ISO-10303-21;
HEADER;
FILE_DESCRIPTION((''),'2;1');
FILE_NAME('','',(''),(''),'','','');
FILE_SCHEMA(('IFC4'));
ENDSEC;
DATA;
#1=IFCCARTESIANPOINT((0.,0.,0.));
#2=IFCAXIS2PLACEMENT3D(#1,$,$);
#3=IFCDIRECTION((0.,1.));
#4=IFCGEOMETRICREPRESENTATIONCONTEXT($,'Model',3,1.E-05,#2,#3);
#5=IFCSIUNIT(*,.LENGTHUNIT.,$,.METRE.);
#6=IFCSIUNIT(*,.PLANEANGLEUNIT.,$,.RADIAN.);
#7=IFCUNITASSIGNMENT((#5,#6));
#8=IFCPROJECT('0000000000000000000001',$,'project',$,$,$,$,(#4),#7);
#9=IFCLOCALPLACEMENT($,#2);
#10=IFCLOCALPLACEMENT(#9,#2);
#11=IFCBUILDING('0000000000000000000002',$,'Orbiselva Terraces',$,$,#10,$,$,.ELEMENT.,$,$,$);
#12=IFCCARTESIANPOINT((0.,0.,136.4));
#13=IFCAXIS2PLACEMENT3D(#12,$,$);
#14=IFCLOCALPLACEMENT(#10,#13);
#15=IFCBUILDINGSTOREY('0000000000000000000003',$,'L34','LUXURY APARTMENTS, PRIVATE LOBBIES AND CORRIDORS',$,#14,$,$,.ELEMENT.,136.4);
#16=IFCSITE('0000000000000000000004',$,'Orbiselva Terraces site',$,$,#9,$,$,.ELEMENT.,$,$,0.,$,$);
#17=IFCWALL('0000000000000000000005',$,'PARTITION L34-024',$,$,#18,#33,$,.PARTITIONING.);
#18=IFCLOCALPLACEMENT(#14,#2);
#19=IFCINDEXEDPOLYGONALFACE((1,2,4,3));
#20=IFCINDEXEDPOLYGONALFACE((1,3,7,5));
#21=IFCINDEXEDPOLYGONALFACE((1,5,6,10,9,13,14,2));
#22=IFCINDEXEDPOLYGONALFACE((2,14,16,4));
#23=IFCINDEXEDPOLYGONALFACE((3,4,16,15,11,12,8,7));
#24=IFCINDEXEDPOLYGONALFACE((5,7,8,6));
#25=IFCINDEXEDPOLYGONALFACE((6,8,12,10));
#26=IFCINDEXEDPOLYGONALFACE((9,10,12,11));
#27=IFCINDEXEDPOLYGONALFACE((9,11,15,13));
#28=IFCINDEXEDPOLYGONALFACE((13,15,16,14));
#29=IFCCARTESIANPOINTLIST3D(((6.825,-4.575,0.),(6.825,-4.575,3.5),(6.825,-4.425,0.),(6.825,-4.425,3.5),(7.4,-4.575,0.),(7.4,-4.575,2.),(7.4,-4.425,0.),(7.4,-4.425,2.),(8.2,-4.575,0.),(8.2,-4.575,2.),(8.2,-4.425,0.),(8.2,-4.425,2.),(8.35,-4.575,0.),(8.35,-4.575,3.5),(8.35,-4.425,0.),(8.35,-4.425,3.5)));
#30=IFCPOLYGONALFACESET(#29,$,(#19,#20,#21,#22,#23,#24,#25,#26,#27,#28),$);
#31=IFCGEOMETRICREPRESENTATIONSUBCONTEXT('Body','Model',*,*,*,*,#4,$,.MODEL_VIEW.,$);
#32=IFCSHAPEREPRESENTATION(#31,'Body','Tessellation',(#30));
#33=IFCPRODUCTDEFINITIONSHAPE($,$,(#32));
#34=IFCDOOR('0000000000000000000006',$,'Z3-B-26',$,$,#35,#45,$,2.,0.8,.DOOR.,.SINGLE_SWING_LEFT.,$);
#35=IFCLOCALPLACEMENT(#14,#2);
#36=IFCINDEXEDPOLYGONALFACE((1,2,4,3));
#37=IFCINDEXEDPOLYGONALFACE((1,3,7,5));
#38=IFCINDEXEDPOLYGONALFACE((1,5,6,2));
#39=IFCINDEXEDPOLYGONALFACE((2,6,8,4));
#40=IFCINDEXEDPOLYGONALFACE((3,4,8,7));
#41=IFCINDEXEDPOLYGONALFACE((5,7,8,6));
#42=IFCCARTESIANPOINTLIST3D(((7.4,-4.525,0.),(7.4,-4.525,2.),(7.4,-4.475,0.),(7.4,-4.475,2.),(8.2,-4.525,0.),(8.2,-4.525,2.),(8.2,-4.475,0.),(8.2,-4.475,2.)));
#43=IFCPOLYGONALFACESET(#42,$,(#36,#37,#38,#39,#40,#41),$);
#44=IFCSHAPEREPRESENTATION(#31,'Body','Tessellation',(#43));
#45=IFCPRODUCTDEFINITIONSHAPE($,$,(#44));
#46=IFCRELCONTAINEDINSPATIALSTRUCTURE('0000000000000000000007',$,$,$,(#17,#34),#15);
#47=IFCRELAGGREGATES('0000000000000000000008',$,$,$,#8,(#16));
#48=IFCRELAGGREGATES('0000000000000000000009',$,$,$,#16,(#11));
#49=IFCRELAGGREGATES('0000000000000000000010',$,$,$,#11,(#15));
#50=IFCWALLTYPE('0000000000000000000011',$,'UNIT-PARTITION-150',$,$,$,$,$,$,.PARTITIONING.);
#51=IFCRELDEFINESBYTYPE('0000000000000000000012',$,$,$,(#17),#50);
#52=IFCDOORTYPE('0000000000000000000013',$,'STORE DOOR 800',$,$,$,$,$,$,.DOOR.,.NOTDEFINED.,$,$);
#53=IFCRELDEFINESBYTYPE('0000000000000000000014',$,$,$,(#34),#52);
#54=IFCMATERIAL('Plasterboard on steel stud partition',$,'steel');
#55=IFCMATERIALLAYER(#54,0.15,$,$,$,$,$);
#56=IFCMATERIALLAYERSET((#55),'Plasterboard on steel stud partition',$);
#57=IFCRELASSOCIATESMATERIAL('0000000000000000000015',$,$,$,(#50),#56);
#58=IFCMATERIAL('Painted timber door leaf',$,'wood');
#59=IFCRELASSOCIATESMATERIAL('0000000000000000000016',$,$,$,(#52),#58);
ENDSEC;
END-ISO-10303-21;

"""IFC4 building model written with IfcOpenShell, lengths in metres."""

from ifc_helpers import new_model, si_unit, direction, frame, frame_2d, origin, place, context, subcontext, project, spatial, rectangle, extrude, material, layer, layer_set, type_object, element, fill, save


model = new_model("IFC4")

# Units and contexts
model_context = context("Model", 3, precision=1e-05, world=origin(), true_north=direction((0.0, 1.0)))
body_context = subcontext(model_context, "Body", "Model", "MODEL_VIEW")
ifc_project = project(units=[si_unit("LENGTHUNIT", "METRE"), si_unit("PLANEANGLEUNIT", "RADIAN")], contexts=[model_context])

# Site, building, storey
site_placement = place(None, origin())
site = spatial("IfcSite", under=ifc_project, at=site_placement, Name="Orbiselva Terraces site", CompositionType="ELEMENT", RefElevation=0.0)
building_placement = place(site_placement, origin())
building = spatial("IfcBuilding", under=site, at=building_placement, Name="Orbiselva Terraces", CompositionType="ELEMENT")
storey_placement = place(building_placement, frame((0.0, 0.0, 136.4)))
storey = spatial("IfcBuildingStorey", under=building, at=storey_placement, Name="L34", Description="LUXURY APARTMENTS, PRIVATE LOBBIES AND CORRIDORS", CompositionType="ELEMENT", Elevation=136.4)

# Wall, opening, door
ifc_material_1 = material(Name="Plasterboard on steel stud partition", Category="steel")
ifc_layer_1 = layer(ifc_material_1, 0.15)
ifc_layer_set_1 = layer_set([ifc_layer_1], Name="Plasterboard on steel stud partition")
wall_type_1 = type_object("IfcWallType", Name="UNIT-PARTITION-150", PredefinedType="PARTITIONING", material=ifc_layer_set_1)
wall_1_placement = place(storey_placement, frame((8.35, -4.5, 0.0), z_axis=(0.0, 0.0, 1.0), x_axis=(-1.0, 0.0, 0.0)))
wall_1 = element("IfcWall", 1, at=wall_1_placement, inside=storey, type_object=wall_type_1, Name="PARTITION L34-024", PredefinedType="PARTITIONING", context=body_context, shape_type="SweptSolid", body=[
    extrude(rectangle(XDim=1.525, YDim=0.15, at=frame_2d((0.7625, 0.0))), origin(), (0.0, 0.0, 1.0), 3.5),
])
opening_placement = place(wall_1_placement, frame((0.15, 0.0, 0.0)))
opening = element("IfcOpeningElement", 2, at=opening_placement, cuts=wall_1, PredefinedType="OPENING", context=body_context, shape_type="SweptSolid", body=[
    extrude(rectangle(XDim=0.8, YDim=2.0, at=frame_2d((0.4, 1.0))), frame((0.0, 0.085, 0.0), z_axis=(0.0, -1.0, 0.0), x_axis=(1.0, 0.0, 0.0)), (0.0, 0.0, 1.0), 0.17),
])
ifc_material_2 = material(Name="Painted timber door leaf", Category="wood")
door_type = type_object("IfcDoorType", Name="STORE DOOR 800", OperationType="NOTDEFINED", PredefinedType="DOOR", material=ifc_material_2)
door_placement = place(opening_placement, origin())
door = element("IfcDoor", 3, at=door_placement, inside=storey, type_object=door_type, Name="Z3-B-26", OperationType="SINGLE_SWING_LEFT", OverallHeight=2.0, OverallWidth=0.8, PredefinedType="DOOR", context=body_context, shape_type="SweptSolid", body=[
    extrude(rectangle(XDim=0.8, YDim=2.0, at=frame_2d((0.4, 1.0))), frame((0.0, 0.025, 0.0), z_axis=(0.0, -1.0, 0.0), x_axis=(1.0, 0.0, 0.0)), (0.0, 0.0, 1.0), 0.05),
])
fill(opening, door)

save(model, "model.ifc")
